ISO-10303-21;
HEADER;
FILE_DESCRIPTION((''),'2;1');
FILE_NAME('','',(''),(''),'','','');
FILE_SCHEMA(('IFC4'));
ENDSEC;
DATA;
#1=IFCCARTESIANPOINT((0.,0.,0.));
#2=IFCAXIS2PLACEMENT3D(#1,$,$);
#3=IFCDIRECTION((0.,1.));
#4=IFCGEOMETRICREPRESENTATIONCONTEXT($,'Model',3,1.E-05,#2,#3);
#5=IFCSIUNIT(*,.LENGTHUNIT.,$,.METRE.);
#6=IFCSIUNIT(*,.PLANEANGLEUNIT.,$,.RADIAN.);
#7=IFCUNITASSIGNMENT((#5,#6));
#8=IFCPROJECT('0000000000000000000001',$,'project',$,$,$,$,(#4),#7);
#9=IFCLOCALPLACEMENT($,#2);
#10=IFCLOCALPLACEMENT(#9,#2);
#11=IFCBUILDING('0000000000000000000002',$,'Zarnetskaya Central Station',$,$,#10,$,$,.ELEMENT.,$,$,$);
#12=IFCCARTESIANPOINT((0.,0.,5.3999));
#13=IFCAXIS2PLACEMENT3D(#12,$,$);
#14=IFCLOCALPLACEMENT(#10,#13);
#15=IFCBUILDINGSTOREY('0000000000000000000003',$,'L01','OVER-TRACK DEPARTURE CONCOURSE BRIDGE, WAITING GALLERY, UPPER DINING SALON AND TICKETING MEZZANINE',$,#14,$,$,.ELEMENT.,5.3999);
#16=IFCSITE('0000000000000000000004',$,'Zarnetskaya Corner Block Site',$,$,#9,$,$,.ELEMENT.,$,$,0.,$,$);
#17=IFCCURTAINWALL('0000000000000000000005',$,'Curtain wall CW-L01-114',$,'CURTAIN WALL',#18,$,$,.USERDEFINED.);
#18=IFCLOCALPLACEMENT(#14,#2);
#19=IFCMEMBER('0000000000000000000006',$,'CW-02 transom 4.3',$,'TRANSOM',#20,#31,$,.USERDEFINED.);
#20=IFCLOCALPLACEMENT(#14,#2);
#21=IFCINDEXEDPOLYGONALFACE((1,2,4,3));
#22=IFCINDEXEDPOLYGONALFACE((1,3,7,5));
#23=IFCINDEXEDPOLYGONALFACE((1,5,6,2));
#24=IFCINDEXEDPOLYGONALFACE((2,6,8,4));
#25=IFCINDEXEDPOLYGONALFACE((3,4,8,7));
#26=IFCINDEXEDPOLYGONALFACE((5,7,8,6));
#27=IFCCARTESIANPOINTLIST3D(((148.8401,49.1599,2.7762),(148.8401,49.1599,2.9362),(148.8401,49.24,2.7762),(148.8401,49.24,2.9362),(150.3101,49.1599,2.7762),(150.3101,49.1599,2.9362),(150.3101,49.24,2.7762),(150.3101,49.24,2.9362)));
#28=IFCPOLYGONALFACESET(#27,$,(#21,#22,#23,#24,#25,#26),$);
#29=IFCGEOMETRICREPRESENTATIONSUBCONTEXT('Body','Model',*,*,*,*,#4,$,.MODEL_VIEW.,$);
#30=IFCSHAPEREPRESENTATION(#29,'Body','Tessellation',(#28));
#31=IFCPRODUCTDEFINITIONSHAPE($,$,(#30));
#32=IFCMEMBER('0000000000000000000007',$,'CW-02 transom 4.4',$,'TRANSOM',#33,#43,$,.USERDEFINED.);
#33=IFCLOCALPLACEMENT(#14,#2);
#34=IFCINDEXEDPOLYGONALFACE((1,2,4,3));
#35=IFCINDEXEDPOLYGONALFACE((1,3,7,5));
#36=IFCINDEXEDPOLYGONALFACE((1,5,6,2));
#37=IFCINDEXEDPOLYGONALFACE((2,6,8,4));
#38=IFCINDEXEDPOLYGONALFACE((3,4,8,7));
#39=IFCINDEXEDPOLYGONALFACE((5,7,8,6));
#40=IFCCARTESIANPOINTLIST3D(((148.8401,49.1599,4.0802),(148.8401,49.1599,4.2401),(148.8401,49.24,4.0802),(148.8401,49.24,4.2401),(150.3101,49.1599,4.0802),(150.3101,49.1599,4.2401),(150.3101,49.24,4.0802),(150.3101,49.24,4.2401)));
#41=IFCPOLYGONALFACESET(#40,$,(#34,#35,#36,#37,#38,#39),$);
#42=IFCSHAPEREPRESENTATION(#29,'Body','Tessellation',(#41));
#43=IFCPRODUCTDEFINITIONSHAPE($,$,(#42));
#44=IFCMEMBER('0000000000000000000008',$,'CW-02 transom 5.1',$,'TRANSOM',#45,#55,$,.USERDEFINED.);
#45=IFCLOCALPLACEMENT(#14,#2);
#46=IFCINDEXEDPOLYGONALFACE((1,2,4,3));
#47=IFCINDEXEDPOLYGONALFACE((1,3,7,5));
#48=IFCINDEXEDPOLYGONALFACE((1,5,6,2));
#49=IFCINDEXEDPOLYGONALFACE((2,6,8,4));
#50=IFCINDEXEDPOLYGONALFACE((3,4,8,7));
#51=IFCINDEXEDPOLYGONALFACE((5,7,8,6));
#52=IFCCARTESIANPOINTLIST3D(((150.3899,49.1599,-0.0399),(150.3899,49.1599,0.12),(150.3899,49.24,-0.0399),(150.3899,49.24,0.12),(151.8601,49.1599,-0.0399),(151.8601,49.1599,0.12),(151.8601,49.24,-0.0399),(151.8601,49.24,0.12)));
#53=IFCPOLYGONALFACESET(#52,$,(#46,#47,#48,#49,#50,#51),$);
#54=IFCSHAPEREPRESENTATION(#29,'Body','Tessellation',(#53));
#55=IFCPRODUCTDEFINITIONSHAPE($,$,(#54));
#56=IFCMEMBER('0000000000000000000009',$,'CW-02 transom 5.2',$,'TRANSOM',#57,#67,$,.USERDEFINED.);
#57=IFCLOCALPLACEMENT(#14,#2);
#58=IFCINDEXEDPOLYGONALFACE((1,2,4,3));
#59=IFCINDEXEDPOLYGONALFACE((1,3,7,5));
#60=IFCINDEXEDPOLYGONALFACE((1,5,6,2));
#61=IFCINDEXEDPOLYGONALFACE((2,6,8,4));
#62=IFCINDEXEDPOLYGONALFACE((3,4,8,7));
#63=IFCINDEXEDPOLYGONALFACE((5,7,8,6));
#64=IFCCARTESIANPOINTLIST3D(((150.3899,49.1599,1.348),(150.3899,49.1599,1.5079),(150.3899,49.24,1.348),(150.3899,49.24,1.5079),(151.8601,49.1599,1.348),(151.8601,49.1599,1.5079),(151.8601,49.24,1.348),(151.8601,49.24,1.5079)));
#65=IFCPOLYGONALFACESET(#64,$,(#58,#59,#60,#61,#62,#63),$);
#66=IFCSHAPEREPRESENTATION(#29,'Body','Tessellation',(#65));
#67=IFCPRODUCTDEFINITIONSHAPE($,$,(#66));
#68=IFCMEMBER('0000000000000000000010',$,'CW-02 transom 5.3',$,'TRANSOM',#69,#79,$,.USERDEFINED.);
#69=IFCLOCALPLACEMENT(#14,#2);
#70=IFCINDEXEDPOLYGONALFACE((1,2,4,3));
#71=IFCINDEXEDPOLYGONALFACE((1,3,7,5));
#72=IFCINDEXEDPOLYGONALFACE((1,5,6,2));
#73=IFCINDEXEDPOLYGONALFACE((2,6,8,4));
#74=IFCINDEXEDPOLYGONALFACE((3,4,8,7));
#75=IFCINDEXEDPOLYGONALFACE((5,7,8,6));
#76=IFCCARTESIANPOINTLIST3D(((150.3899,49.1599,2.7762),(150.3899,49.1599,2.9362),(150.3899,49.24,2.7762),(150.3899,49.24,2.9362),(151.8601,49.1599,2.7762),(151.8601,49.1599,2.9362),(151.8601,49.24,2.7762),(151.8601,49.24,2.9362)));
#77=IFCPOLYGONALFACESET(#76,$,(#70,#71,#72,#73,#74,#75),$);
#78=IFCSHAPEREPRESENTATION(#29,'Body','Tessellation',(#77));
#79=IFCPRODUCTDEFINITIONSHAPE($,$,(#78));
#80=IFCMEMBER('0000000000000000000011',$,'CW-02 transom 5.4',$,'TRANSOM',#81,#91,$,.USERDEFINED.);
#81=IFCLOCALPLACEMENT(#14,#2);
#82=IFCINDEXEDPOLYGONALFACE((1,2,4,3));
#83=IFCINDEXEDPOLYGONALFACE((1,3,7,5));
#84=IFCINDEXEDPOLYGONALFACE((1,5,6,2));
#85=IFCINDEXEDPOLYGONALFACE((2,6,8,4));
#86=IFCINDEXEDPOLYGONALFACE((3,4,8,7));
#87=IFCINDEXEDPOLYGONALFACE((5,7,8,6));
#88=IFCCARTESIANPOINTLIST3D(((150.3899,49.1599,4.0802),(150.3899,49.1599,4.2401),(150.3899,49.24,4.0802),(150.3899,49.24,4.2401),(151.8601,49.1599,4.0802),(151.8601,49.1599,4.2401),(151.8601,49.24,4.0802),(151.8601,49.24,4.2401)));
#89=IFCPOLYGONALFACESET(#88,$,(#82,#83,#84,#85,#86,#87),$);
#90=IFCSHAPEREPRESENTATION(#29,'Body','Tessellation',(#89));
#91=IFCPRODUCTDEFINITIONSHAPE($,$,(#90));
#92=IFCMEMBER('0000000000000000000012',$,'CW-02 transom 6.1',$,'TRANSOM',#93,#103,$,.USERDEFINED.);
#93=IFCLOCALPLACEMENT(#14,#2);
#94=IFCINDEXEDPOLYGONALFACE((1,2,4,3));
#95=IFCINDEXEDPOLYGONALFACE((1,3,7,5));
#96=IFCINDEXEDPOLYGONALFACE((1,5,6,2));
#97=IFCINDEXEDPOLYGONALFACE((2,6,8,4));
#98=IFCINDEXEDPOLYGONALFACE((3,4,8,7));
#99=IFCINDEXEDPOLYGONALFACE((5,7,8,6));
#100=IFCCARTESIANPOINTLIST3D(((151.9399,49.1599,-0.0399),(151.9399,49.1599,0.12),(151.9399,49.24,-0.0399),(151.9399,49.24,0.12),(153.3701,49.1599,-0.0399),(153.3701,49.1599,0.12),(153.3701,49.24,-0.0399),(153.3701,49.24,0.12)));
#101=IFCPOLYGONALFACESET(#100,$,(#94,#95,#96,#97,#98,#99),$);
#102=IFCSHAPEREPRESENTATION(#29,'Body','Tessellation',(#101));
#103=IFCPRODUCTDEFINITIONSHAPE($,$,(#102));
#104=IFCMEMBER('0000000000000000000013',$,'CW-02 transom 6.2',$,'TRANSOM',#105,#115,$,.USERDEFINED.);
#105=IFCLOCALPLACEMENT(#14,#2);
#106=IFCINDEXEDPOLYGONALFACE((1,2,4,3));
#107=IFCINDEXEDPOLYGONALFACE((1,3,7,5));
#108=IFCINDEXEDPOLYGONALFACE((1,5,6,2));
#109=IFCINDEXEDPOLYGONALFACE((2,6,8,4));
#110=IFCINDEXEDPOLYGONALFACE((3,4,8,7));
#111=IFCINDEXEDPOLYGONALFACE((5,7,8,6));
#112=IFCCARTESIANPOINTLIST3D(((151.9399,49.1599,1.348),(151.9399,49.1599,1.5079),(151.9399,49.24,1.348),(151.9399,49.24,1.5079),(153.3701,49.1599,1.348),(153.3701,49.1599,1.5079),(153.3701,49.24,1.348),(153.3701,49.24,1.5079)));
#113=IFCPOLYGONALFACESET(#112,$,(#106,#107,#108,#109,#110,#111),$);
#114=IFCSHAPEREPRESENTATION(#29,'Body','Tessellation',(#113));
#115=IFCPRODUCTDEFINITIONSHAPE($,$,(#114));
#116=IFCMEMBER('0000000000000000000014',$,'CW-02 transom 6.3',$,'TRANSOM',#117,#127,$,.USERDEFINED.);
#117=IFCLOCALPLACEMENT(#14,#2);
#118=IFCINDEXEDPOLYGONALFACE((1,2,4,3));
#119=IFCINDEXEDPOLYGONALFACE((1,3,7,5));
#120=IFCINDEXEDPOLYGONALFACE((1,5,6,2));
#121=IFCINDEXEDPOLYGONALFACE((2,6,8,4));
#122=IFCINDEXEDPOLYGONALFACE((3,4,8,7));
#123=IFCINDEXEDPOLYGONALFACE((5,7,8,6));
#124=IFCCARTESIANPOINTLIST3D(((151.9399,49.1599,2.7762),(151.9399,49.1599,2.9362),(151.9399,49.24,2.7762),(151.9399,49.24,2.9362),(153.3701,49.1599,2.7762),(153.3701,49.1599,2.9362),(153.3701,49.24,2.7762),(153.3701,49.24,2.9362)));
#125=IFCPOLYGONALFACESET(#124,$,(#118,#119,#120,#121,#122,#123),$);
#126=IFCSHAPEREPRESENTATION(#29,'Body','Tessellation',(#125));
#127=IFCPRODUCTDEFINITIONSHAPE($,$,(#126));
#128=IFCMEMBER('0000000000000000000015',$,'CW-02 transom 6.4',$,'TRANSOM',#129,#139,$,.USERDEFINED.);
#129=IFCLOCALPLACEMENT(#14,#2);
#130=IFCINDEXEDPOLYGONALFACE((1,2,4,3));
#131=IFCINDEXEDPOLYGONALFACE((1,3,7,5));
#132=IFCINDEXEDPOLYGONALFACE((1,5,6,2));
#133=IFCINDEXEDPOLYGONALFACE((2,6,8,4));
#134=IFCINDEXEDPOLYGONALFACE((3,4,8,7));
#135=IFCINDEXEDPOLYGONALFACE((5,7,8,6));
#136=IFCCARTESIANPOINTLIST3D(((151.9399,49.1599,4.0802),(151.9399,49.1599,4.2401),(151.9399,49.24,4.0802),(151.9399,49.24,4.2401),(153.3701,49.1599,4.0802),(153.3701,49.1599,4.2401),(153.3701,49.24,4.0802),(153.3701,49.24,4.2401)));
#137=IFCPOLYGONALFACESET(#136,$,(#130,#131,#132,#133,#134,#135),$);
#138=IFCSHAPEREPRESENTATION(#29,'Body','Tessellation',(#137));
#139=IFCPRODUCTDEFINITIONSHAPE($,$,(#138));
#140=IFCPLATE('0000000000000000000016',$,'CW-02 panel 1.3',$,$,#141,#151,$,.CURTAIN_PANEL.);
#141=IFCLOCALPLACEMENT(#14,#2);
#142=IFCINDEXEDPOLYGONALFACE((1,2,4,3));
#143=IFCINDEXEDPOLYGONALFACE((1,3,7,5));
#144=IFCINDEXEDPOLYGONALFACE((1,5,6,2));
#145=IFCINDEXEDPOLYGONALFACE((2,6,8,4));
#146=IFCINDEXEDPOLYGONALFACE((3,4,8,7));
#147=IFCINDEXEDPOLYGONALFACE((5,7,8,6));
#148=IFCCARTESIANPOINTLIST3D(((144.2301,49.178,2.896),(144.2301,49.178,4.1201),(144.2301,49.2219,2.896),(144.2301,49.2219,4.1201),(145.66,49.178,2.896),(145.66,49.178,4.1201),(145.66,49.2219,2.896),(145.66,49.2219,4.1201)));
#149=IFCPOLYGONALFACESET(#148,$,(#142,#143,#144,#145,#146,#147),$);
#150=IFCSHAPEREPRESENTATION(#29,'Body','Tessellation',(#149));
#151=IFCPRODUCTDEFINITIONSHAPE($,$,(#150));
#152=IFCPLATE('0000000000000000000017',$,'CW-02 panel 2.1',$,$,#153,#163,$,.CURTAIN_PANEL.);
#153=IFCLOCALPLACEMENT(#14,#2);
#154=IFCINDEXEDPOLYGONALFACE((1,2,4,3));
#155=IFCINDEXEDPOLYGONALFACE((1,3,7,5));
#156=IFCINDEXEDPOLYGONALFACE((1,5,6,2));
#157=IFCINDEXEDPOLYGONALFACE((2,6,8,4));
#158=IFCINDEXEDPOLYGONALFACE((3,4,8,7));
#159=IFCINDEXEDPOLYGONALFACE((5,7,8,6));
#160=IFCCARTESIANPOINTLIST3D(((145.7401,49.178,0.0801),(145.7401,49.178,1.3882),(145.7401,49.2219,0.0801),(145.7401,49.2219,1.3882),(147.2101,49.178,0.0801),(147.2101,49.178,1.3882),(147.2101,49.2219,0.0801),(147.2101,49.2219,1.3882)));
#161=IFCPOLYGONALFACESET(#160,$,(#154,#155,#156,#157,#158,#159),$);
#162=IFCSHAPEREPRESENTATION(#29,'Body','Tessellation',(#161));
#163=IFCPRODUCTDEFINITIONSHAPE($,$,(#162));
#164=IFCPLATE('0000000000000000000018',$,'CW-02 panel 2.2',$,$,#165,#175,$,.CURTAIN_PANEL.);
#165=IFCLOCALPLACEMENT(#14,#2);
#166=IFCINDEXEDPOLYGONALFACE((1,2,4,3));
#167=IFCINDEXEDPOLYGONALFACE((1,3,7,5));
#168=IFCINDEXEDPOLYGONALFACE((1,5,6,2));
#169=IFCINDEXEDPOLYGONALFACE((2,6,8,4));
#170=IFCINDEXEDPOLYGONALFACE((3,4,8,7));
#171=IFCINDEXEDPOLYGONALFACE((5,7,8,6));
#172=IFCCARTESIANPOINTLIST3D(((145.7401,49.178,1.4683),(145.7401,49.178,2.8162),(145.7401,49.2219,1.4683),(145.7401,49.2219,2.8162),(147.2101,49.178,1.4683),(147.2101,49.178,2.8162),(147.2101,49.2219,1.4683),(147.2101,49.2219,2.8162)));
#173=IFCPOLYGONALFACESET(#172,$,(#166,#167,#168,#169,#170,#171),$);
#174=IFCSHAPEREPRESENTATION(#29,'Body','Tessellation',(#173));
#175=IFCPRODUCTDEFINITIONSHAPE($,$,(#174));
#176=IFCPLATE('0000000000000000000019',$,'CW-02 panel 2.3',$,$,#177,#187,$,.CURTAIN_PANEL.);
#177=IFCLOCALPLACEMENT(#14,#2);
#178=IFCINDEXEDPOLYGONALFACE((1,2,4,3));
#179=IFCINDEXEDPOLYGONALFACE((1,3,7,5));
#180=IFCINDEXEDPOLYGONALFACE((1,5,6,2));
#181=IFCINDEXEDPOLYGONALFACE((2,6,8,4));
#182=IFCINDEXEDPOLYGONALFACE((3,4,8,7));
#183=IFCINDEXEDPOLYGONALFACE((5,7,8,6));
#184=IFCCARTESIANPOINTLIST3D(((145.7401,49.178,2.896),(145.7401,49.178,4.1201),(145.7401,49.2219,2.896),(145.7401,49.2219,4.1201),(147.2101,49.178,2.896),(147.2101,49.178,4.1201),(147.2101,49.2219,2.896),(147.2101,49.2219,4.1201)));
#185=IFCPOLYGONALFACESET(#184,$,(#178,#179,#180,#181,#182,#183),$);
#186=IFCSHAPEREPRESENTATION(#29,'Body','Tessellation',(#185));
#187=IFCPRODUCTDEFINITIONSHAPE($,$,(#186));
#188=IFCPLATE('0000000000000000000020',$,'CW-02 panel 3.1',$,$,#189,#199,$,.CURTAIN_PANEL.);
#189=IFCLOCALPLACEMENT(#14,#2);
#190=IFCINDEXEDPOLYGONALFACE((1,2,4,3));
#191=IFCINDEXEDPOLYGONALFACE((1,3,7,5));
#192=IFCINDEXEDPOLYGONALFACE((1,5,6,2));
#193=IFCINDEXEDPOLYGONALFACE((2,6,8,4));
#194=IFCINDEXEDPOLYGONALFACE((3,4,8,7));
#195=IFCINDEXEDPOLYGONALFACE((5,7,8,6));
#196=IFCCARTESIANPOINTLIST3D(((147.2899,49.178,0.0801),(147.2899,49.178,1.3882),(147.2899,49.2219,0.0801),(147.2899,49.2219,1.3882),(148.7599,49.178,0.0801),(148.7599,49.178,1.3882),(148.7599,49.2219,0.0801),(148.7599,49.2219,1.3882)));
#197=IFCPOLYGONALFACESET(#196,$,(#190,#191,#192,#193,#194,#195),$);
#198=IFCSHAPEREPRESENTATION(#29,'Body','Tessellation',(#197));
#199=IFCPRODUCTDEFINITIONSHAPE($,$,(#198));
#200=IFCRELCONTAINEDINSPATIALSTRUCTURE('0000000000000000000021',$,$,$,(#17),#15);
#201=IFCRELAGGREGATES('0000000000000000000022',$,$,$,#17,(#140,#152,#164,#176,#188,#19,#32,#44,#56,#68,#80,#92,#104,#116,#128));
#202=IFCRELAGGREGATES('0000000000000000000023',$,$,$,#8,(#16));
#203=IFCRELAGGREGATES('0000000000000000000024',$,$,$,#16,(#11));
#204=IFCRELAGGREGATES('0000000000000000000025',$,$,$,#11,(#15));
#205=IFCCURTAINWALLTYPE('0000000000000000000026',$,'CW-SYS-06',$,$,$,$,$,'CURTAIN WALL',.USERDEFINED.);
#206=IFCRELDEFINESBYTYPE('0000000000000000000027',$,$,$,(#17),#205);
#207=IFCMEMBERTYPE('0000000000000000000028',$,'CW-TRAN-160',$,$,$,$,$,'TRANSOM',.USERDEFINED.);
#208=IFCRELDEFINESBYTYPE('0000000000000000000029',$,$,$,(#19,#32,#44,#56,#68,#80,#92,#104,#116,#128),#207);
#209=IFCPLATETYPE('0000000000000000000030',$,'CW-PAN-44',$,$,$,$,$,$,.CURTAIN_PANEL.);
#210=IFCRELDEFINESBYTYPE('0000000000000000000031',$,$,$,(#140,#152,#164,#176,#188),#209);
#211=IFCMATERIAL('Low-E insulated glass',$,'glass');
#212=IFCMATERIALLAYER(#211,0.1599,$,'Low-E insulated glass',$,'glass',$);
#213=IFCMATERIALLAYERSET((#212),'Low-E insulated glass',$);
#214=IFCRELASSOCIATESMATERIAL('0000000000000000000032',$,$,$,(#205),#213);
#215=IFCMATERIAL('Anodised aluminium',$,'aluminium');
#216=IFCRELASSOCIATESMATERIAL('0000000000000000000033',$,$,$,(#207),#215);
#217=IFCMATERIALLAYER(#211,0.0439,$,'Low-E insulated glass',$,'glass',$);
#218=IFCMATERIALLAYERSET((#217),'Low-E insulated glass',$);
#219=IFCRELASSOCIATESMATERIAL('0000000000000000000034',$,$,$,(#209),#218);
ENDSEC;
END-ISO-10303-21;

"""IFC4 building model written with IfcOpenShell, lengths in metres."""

from ifc_helpers import new_model, si_unit, direction, frame, origin, origin_2d, place, context, subcontext, project, spatial, rectangle, extrude, material, layer, layer_set, material_profile, profile_set, type_object, element, aggregate, save


model = new_model("IFC4")

# Units and contexts
model_context = context("Model", 3, precision=1e-05, world=origin(), true_north=direction((0.0, 1.0)))
body_context = subcontext(model_context, "Body", "Model", "MODEL_VIEW")
ifc_project = project(units=[si_unit("LENGTHUNIT", "METRE"), si_unit("PLANEANGLEUNIT", "RADIAN")], contexts=[model_context])

# Site, building, storey
site_placement = place(None, origin())
site = spatial("IfcSite", under=ifc_project, at=site_placement, Name="Zarnetskaya Corner Block Site", CompositionType="ELEMENT", RefElevation=0.0)
building_placement = place(site_placement, origin())
building = spatial("IfcBuilding", under=site, at=building_placement, Name="Zarnetskaya Central Station", CompositionType="ELEMENT")
storey_placement = place(building_placement, frame((0.0, 0.0, 5.3999)))
storey = spatial("IfcBuildingStorey", under=building, at=storey_placement, Name="L01", Description="OVER-TRACK DEPARTURE CONCOURSE BRIDGE, WAITING GALLERY, UPPER DINING SALON AND TICKETING MEZZANINE", CompositionType="ELEMENT", Elevation=5.3999)

# Curtain wall, members, plates
ifc_material_1 = material(Name="Low-E insulated glass", Category="glass")
ifc_layer_1 = layer(ifc_material_1, 0.1599, Name="Low-E insulated glass", Category="glass")
ifc_layer_set_1 = layer_set([ifc_layer_1], Name="Low-E insulated glass")
curtain_wall_type = type_object("IfcCurtainWallType", Name="CW-SYS-06", ElementType="CURTAIN WALL", PredefinedType="USERDEFINED", material=ifc_layer_set_1)
curtain_wall_placement = place(storey_placement, origin())
curtain_wall = element("IfcCurtainWall", 1, at=curtain_wall_placement, inside=storey, type_object=curtain_wall_type, Name="Curtain wall CW-L01-114", ObjectType="CURTAIN WALL", PredefinedType="USERDEFINED")
ifc_material_2 = material(Name="Anodised aluminium", Category="aluminium")
ifc_material_profile_1 = material_profile(ifc_material_2, rectangle(XDim=0.0801, YDim=0.1599, at=origin_2d()), Name="ALU TRAN 80x160")
ifc_profile_set_1 = profile_set([ifc_material_profile_1], Name="Anodised aluminium")
member_type_1 = type_object("IfcMemberType", Name="CW-TRAN-160", ElementType="TRANSOM", PredefinedType="USERDEFINED", material=ifc_profile_set_1)
member_1_placement = place(storey_placement, frame((148.8401, 49.2, 2.8562), z_axis=(1.0, 0.0, 0.0), x_axis=(0.0, 1.0, 0.0)))
member_1 = element("IfcMember", 2, at=member_1_placement, type_object=member_type_1, Name="CW-02 transom 4.3", ObjectType="TRANSOM", PredefinedType="USERDEFINED", context=body_context, shape_type="SweptSolid", body=[
    extrude(rectangle(XDim=0.0801, YDim=0.1599, at=origin_2d()), origin(), (0.0, 0.0, 1.0), 1.47),
])
member_2_placement = place(storey_placement, frame((148.8401, 49.2, 4.1602), z_axis=(1.0, 0.0, 0.0), x_axis=(0.0, 1.0, 0.0)))
member_2 = element("IfcMember", 3, at=member_2_placement, type_object=member_type_1, Name="CW-02 transom 4.4", ObjectType="TRANSOM", PredefinedType="USERDEFINED", context=body_context, shape_type="SweptSolid", body=[
    extrude(rectangle(XDim=0.0801, YDim=0.1599, at=origin_2d()), origin(), (0.0, 0.0, 1.0), 1.47),
])
member_3_placement = place(storey_placement, frame((150.3899, 49.2, 0.04), z_axis=(1.0, 0.0, 0.0), x_axis=(0.0, 1.0, 0.0)))
member_3 = element("IfcMember", 4, at=member_3_placement, type_object=member_type_1, Name="CW-02 transom 5.1", ObjectType="TRANSOM", PredefinedType="USERDEFINED", context=body_context, shape_type="SweptSolid", body=[
    extrude(rectangle(XDim=0.0801, YDim=0.1599, at=origin_2d()), origin(), (0.0, 0.0, 1.0), 1.4702),
])
member_4_placement = place(storey_placement, frame((150.3899, 49.2, 1.428), z_axis=(1.0, 0.0, 0.0), x_axis=(0.0, 1.0, 0.0)))
member_4 = element("IfcMember", 5, at=member_4_placement, type_object=member_type_1, Name="CW-02 transom 5.2", ObjectType="TRANSOM", PredefinedType="USERDEFINED", context=body_context, shape_type="SweptSolid", body=[
    extrude(rectangle(XDim=0.0801, YDim=0.1599, at=origin_2d()), origin(), (0.0, 0.0, 1.0), 1.4702),
])
member_5_placement = place(storey_placement, frame((150.3899, 49.2, 2.8562), z_axis=(1.0, 0.0, 0.0), x_axis=(0.0, 1.0, 0.0)))
member_5 = element("IfcMember", 6, at=member_5_placement, type_object=member_type_1, Name="CW-02 transom 5.3", ObjectType="TRANSOM", PredefinedType="USERDEFINED", context=body_context, shape_type="SweptSolid", body=[
    extrude(rectangle(XDim=0.0801, YDim=0.1599, at=origin_2d()), origin(), (0.0, 0.0, 1.0), 1.4702),
])
member_6_placement = place(storey_placement, frame((150.3899, 49.2, 4.1602), z_axis=(1.0, 0.0, 0.0), x_axis=(0.0, 1.0, 0.0)))
member_6 = element("IfcMember", 7, at=member_6_placement, type_object=member_type_1, Name="CW-02 transom 5.4", ObjectType="TRANSOM", PredefinedType="USERDEFINED", context=body_context, shape_type="SweptSolid", body=[
    extrude(rectangle(XDim=0.0801, YDim=0.1599, at=origin_2d()), origin(), (0.0, 0.0, 1.0), 1.4702),
])
member_7_placement = place(storey_placement, frame((151.9399, 49.2, 0.04), z_axis=(1.0, 0.0, 0.0), x_axis=(0.0, 1.0, 0.0)))
member_7 = element("IfcMember", 8, at=member_7_placement, type_object=member_type_1, Name="CW-02 transom 6.1", ObjectType="TRANSOM", PredefinedType="USERDEFINED", context=body_context, shape_type="SweptSolid", body=[
    extrude(rectangle(XDim=0.0801, YDim=0.1599, at=origin_2d()), origin(), (0.0, 0.0, 1.0), 1.4302),
])
member_8_placement = place(storey_placement, frame((151.9399, 49.2, 1.428), z_axis=(1.0, 0.0, 0.0), x_axis=(0.0, 1.0, 0.0)))
member_8 = element("IfcMember", 9, at=member_8_placement, type_object=member_type_1, Name="CW-02 transom 6.2", ObjectType="TRANSOM", PredefinedType="USERDEFINED", context=body_context, shape_type="SweptSolid", body=[
    extrude(rectangle(XDim=0.0801, YDim=0.1599, at=origin_2d()), origin(), (0.0, 0.0, 1.0), 1.4302),
])
member_9_placement = place(storey_placement, frame((151.9399, 49.2, 2.8562), z_axis=(1.0, 0.0, 0.0), x_axis=(0.0, 1.0, 0.0)))
member_9 = element("IfcMember", 10, at=member_9_placement, type_object=member_type_1, Name="CW-02 transom 6.3", ObjectType="TRANSOM", PredefinedType="USERDEFINED", context=body_context, shape_type="SweptSolid", body=[
    extrude(rectangle(XDim=0.0801, YDim=0.1599, at=origin_2d()), origin(), (0.0, 0.0, 1.0), 1.4302),
])
member_10_placement = place(storey_placement, frame((151.9399, 49.2, 4.1602), z_axis=(1.0, 0.0, 0.0), x_axis=(0.0, 1.0, 0.0)))
member_10 = element("IfcMember", 11, at=member_10_placement, type_object=member_type_1, Name="CW-02 transom 6.4", ObjectType="TRANSOM", PredefinedType="USERDEFINED", context=body_context, shape_type="SweptSolid", body=[
    extrude(rectangle(XDim=0.0801, YDim=0.1599, at=origin_2d()), origin(), (0.0, 0.0, 1.0), 1.4302),
])
ifc_layer_2 = layer(ifc_material_1, 0.0439, Name="Low-E insulated glass", Category="glass")
ifc_layer_set_2 = layer_set([ifc_layer_2], Name="Low-E insulated glass")
plate_type = type_object("IfcPlateType", Name="CW-PAN-44", PredefinedType="CURTAIN_PANEL", material=ifc_layer_set_2)
plate_1_placement = place(storey_placement, frame((144.9451, 49.2, 2.896), z_axis=(0.0, 0.0, 1.0), x_axis=(1.0, 0.0, 0.0)))
plate_1 = element("IfcPlate", 12, at=plate_1_placement, type_object=plate_type, Name="CW-02 panel 1.3", PredefinedType="CURTAIN_PANEL", context=body_context, shape_type="SweptSolid", body=[
    extrude(rectangle(XDim=1.4299, YDim=0.0439, at=origin_2d()), origin(), (0.0, 0.0, 1.0), 1.2241),
])
plate_2_placement = place(storey_placement, frame((146.4751, 49.2, 0.0801), z_axis=(0.0, 0.0, 1.0), x_axis=(1.0, 0.0, 0.0)))
plate_2 = element("IfcPlate", 13, at=plate_2_placement, type_object=plate_type, Name="CW-02 panel 2.1", PredefinedType="CURTAIN_PANEL", context=body_context, shape_type="SweptSolid", body=[
    extrude(rectangle(XDim=1.47, YDim=0.0439, at=origin_2d()), origin(), (0.0, 0.0, 1.0), 1.3081),
])
plate_3_placement = place(storey_placement, frame((146.4751, 49.2, 1.4683), z_axis=(0.0, 0.0, 1.0), x_axis=(1.0, 0.0, 0.0)))
plate_3 = element("IfcPlate", 14, at=plate_3_placement, type_object=plate_type, Name="CW-02 panel 2.2", PredefinedType="CURTAIN_PANEL", context=body_context, shape_type="SweptSolid", body=[
    extrude(rectangle(XDim=1.47, YDim=0.0439, at=origin_2d()), origin(), (0.0, 0.0, 1.0), 1.3479),
])
plate_4_placement = place(storey_placement, frame((146.4751, 49.2, 2.896), z_axis=(0.0, 0.0, 1.0), x_axis=(1.0, 0.0, 0.0)))
plate_4 = element("IfcPlate", 15, at=plate_4_placement, type_object=plate_type, Name="CW-02 panel 2.3", PredefinedType="CURTAIN_PANEL", context=body_context, shape_type="SweptSolid", body=[
    extrude(rectangle(XDim=1.47, YDim=0.0439, at=origin_2d()), origin(), (0.0, 0.0, 1.0), 1.2241),
])
plate_5_placement = place(storey_placement, frame((148.0249, 49.2, 0.0801), z_axis=(0.0, 0.0, 1.0), x_axis=(1.0, 0.0, 0.0)))
plate_5 = element("IfcPlate", 16, at=plate_5_placement, type_object=plate_type, Name="CW-02 panel 3.1", PredefinedType="CURTAIN_PANEL", context=body_context, shape_type="SweptSolid", body=[
    extrude(rectangle(XDim=1.47, YDim=0.0439, at=origin_2d()), origin(), (0.0, 0.0, 1.0), 1.3081),
])
aggregate(curtain_wall, [plate_1, plate_2, plate_3, plate_4, plate_5, member_1, member_2, member_3, member_4, member_5, member_6, member_7, member_8, member_9, member_10])

save(model, "model.ifc")
